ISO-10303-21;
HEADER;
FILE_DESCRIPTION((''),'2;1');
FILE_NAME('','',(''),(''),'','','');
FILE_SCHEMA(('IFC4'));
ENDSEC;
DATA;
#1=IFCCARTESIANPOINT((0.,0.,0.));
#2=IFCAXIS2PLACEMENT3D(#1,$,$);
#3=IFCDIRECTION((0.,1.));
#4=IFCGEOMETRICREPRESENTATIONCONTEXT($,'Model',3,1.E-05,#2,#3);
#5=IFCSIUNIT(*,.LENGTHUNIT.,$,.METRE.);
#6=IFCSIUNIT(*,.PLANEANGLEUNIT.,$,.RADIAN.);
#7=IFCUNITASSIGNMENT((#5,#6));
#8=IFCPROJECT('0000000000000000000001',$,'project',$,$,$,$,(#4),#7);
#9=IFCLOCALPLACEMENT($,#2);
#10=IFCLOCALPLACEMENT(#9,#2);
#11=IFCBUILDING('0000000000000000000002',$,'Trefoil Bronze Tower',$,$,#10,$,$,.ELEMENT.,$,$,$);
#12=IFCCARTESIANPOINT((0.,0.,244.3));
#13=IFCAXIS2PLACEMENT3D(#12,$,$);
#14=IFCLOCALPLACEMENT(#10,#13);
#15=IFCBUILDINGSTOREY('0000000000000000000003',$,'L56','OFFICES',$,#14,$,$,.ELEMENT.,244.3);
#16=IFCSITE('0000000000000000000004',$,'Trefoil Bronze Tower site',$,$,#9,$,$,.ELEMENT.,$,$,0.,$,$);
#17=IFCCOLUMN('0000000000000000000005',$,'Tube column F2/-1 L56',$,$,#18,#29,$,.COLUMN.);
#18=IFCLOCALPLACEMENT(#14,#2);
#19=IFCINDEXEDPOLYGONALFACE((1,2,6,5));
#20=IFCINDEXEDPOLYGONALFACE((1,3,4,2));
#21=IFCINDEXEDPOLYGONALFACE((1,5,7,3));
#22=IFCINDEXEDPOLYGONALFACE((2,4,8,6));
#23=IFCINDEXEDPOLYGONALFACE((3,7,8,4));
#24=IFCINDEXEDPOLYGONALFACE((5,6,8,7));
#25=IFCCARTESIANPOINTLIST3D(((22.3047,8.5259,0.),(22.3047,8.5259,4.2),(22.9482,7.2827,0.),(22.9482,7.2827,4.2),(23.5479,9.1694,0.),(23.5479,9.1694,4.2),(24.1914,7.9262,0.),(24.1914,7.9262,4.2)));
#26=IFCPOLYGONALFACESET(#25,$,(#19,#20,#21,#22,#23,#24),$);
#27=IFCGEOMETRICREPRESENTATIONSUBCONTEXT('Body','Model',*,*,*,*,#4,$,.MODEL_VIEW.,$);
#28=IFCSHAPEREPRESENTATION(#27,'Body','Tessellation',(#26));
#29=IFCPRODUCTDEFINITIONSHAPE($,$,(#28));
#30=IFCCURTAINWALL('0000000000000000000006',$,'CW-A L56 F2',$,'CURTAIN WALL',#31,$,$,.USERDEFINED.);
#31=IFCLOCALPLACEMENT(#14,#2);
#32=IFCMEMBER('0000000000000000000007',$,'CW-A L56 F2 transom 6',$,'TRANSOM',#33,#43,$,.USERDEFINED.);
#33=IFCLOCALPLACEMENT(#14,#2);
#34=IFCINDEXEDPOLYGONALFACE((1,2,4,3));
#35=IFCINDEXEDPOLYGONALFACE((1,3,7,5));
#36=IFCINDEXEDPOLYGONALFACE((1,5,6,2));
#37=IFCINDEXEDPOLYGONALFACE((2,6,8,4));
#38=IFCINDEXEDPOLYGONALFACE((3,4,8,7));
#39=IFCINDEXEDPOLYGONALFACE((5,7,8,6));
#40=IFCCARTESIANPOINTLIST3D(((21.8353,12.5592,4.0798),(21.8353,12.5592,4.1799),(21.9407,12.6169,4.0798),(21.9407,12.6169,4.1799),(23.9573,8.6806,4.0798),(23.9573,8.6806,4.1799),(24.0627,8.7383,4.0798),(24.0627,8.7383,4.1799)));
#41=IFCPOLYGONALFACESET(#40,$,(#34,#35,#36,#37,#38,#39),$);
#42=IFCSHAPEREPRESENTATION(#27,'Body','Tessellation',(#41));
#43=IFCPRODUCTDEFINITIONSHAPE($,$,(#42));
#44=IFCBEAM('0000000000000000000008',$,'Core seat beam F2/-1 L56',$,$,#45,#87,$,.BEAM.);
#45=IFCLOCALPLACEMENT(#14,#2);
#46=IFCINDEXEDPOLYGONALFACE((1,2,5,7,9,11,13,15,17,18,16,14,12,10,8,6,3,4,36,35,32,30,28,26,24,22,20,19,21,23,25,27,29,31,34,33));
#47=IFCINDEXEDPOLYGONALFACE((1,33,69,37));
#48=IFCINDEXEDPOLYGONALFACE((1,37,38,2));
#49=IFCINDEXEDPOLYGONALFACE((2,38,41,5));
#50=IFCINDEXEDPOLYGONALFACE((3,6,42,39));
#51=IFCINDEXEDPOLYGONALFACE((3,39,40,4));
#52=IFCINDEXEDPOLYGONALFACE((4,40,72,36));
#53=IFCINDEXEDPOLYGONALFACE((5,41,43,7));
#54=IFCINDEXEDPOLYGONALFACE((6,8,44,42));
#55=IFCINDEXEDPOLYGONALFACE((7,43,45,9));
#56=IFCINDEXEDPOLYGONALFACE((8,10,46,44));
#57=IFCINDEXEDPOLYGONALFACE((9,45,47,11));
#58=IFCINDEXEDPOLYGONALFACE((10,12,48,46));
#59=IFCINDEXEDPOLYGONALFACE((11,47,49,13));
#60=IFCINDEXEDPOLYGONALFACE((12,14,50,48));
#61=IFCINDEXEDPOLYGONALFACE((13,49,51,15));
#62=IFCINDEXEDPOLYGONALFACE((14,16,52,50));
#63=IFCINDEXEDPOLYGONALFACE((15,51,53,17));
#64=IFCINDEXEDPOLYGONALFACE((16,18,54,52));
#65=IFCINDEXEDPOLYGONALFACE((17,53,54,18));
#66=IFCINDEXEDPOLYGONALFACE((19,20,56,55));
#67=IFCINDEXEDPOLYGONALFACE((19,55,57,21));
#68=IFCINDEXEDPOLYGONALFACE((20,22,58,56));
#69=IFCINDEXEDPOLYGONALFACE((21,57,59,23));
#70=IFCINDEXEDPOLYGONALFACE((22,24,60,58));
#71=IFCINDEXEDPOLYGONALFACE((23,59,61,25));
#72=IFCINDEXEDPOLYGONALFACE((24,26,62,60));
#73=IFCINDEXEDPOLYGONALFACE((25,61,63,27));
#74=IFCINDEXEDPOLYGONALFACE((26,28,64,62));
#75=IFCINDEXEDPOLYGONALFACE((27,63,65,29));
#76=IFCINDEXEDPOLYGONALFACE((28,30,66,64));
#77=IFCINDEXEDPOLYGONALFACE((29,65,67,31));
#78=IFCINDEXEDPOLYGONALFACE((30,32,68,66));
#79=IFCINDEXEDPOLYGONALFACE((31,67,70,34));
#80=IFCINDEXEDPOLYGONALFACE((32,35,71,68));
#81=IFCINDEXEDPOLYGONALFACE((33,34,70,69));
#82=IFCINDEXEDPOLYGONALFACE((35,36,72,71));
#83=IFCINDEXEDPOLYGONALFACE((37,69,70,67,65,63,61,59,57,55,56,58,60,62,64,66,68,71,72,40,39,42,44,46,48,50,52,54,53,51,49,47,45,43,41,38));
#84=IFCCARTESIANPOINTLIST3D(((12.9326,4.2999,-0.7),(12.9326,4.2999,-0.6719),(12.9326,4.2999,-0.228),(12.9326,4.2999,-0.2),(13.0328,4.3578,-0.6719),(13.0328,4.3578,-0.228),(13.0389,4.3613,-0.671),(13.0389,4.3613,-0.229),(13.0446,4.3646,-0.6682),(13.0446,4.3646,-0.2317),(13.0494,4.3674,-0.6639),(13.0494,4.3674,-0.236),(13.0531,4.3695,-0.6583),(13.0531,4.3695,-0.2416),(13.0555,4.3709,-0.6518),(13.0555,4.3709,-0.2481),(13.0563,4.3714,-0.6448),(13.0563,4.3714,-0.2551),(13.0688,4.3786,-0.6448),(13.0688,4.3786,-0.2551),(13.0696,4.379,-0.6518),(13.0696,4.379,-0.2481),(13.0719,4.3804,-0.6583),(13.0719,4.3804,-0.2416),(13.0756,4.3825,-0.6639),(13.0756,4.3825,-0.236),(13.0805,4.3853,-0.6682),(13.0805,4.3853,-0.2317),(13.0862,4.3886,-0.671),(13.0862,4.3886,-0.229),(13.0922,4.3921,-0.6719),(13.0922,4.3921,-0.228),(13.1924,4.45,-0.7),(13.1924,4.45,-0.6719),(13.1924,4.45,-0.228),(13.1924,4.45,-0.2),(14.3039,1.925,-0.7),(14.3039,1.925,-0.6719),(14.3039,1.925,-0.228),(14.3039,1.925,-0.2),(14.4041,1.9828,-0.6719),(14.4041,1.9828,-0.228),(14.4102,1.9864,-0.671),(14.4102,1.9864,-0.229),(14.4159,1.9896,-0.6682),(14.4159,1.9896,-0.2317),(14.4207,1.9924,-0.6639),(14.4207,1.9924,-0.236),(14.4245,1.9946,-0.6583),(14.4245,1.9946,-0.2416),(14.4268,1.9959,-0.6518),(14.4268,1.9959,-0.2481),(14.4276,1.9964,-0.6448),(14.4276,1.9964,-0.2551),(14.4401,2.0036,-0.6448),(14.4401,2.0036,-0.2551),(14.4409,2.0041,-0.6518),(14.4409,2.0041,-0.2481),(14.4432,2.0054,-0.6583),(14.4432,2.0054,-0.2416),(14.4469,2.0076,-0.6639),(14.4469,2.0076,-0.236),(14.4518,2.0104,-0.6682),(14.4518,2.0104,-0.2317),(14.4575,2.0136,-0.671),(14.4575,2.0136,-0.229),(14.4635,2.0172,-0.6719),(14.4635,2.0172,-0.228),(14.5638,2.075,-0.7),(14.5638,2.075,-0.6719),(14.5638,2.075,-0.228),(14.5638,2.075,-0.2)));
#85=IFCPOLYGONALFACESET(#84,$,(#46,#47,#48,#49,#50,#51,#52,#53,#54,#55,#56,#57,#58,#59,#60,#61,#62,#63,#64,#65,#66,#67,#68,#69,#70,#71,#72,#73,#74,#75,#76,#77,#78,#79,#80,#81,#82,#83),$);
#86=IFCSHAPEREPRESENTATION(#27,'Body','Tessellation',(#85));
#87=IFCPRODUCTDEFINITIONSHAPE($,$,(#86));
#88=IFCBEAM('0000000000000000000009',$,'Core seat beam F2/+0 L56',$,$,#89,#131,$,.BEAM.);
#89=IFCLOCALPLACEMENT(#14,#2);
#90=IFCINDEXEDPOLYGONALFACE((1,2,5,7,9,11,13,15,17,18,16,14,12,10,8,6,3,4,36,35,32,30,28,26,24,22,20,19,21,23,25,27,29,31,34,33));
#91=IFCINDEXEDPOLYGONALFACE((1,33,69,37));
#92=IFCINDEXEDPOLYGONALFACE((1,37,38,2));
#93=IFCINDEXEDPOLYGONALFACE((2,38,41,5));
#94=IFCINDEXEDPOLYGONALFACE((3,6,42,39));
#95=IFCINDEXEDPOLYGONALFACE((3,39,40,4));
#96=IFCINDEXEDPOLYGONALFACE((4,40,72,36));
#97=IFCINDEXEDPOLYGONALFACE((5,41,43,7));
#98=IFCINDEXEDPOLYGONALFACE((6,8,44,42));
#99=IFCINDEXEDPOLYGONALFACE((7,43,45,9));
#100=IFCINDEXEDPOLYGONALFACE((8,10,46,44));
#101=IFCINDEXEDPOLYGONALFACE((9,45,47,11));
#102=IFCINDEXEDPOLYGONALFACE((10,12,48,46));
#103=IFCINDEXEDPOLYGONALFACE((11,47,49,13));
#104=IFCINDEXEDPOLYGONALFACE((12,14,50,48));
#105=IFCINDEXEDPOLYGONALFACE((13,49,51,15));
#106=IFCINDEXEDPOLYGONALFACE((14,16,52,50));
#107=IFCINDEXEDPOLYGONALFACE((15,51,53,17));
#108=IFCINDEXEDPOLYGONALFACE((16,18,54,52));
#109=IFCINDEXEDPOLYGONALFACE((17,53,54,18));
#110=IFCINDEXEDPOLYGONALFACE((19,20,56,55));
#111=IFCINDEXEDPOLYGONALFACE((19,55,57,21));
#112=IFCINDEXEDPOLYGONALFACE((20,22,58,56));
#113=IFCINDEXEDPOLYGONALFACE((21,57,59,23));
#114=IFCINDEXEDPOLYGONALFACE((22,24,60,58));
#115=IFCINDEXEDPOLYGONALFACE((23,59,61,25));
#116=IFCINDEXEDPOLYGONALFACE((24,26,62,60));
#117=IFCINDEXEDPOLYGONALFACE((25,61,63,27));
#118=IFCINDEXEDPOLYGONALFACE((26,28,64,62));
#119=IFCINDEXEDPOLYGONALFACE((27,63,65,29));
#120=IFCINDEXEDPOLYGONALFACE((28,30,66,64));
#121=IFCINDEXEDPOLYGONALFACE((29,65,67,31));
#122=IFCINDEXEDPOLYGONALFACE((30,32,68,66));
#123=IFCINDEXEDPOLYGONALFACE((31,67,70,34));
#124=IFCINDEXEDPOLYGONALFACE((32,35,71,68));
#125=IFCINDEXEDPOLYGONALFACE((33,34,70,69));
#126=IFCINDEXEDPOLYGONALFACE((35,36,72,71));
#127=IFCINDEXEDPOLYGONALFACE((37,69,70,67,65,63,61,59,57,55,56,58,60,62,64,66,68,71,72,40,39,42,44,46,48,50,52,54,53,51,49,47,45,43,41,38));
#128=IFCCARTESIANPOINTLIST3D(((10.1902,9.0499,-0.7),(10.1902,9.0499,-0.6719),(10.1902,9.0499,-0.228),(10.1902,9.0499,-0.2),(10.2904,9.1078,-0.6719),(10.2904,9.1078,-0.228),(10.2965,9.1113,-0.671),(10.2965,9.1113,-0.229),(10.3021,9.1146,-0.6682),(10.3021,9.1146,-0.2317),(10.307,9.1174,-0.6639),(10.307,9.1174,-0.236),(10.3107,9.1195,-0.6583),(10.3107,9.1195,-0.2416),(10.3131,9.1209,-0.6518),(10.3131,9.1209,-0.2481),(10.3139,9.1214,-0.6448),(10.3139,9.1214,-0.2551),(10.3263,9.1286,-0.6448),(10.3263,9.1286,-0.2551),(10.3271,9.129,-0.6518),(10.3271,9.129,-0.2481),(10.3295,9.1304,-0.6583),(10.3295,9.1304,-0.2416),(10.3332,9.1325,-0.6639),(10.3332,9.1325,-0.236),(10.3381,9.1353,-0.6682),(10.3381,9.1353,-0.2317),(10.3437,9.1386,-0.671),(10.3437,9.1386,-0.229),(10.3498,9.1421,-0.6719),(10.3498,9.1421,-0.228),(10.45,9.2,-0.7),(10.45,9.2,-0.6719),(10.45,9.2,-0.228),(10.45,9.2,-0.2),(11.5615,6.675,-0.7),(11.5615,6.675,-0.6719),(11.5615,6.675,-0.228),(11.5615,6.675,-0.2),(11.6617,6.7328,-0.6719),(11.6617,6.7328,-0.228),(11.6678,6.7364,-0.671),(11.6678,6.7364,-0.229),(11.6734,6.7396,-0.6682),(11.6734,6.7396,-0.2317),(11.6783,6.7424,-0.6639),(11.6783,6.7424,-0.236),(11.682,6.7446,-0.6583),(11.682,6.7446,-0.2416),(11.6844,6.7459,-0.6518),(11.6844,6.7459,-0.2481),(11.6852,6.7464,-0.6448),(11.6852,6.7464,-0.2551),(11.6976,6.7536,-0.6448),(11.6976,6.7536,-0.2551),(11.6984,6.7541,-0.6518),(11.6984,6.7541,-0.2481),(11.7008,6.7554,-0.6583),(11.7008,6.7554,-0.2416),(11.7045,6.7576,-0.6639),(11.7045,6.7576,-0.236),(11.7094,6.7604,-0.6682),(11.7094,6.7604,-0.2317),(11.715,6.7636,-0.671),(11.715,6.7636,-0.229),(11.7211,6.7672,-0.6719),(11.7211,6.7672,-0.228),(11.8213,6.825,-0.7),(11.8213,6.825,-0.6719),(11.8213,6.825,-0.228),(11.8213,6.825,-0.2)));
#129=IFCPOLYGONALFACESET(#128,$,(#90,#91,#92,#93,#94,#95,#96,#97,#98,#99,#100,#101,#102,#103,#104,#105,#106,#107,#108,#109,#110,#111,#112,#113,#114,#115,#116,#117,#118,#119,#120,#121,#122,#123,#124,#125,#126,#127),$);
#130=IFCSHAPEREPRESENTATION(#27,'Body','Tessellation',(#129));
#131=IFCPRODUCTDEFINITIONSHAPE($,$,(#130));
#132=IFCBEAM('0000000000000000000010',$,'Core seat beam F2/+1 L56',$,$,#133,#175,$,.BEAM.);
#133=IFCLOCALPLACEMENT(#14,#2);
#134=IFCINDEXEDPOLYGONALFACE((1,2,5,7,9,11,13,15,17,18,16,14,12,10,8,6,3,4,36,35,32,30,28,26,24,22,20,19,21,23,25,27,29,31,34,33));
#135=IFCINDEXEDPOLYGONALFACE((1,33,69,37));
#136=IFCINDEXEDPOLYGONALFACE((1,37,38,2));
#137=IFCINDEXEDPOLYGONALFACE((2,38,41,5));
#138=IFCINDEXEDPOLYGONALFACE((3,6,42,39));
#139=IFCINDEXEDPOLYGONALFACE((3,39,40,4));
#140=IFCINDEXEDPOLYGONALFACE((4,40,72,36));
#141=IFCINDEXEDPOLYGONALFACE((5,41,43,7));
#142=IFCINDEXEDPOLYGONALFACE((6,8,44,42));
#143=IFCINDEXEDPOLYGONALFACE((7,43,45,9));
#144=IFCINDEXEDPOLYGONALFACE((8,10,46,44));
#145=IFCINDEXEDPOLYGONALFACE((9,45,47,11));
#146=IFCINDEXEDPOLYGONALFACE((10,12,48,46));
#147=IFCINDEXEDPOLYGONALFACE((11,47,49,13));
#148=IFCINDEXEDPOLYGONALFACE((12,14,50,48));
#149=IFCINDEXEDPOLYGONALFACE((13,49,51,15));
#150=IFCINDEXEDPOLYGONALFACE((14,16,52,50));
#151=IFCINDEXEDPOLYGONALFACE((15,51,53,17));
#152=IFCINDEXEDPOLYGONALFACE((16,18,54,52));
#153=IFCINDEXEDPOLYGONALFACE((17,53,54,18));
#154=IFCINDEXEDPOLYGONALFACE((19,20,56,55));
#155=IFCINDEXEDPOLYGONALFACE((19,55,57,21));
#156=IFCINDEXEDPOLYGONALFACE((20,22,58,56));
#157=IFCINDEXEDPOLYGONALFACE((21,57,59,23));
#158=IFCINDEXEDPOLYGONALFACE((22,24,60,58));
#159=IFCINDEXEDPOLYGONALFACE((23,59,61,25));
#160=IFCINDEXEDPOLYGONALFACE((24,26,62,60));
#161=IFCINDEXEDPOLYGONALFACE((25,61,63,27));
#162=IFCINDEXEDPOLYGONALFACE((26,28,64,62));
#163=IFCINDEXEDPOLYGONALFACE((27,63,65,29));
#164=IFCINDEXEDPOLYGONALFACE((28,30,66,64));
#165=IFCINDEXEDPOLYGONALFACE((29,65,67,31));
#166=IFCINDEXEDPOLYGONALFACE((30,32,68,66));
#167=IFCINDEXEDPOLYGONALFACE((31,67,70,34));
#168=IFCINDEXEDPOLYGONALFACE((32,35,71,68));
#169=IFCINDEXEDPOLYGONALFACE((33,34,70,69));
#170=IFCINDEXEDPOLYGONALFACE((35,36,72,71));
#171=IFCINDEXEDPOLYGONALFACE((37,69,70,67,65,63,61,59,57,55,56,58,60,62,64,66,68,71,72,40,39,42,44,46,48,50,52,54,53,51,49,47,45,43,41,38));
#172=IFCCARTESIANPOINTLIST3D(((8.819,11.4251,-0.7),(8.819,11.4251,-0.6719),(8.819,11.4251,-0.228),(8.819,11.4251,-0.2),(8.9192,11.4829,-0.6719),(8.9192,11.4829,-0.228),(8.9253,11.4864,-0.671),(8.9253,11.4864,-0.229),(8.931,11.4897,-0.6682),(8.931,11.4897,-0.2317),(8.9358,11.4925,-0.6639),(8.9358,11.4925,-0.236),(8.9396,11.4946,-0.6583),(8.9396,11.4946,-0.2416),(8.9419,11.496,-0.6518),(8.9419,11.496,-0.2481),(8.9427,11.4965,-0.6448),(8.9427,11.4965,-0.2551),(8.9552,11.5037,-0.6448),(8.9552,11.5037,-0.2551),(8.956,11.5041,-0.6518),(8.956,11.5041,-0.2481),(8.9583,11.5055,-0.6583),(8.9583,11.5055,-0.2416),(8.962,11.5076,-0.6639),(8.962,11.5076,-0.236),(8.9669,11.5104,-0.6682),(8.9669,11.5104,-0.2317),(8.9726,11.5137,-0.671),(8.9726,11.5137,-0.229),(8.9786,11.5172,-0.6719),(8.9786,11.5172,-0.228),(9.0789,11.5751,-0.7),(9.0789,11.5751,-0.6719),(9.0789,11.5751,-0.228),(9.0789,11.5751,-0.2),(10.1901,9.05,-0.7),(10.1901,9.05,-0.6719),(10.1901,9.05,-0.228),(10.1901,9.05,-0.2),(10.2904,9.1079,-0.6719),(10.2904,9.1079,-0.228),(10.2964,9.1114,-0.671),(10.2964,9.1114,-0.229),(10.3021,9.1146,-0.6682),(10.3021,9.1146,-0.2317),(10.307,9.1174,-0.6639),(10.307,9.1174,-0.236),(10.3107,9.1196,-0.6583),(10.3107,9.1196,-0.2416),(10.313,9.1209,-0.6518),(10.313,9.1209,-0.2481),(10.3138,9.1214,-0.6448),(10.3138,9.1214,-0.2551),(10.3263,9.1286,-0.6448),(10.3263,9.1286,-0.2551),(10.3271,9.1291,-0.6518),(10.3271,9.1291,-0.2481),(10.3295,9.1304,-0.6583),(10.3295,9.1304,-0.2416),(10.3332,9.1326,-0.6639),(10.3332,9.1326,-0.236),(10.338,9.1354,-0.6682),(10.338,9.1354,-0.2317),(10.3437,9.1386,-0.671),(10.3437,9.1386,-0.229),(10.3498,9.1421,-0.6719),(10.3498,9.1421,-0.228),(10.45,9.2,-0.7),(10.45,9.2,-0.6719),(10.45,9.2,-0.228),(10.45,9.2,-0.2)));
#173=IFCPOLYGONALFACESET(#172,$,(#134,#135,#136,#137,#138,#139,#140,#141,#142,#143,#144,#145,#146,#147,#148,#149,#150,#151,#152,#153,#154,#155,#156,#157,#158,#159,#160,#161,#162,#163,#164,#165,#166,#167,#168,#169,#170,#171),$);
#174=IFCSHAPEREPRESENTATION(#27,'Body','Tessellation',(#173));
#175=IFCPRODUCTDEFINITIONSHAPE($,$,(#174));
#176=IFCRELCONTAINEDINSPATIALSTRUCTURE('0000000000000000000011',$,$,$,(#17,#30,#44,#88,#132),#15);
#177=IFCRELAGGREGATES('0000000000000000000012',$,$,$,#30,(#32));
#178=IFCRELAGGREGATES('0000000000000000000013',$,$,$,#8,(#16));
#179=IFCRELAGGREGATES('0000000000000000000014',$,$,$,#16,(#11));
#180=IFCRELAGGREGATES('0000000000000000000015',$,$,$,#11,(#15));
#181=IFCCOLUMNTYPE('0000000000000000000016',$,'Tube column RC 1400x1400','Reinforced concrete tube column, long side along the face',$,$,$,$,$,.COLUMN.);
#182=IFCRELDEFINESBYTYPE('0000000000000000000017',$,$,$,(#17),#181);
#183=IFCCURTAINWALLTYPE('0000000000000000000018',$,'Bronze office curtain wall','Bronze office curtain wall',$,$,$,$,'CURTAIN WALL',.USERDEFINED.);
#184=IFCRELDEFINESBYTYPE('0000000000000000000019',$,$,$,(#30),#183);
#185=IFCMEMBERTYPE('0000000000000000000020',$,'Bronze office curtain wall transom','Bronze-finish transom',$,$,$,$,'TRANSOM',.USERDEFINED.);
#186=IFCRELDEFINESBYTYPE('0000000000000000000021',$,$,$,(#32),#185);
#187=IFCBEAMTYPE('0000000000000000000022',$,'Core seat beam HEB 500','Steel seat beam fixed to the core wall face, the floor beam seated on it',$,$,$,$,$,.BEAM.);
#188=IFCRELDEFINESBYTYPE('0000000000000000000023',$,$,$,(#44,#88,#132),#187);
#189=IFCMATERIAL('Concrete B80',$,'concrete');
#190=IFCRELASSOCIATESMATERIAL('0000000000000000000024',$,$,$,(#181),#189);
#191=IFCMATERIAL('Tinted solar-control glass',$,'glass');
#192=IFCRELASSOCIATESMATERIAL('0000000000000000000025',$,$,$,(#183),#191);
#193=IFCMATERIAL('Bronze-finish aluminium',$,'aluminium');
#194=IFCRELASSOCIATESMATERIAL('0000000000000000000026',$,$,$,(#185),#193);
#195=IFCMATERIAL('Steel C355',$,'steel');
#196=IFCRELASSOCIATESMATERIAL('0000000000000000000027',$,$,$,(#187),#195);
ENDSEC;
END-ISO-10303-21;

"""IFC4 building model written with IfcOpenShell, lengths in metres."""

from ifc_helpers import new_model, si_unit, direction, frame, origin, origin_2d, place, context, subcontext, project, spatial, rectangle, i_section, extrude, material, material_profile, profile_set, type_object, element, aggregate, save


model = new_model("IFC4")

# Units and contexts
model_context = context("Model", 3, precision=1e-05, world=origin(), true_north=direction((0.0, 1.0)))
body_context = subcontext(model_context, "Body", "Model", "MODEL_VIEW")
ifc_project = project(units=[si_unit("LENGTHUNIT", "METRE"), si_unit("PLANEANGLEUNIT", "RADIAN")], contexts=[model_context])

# Site, building, storey
site_placement = place(None, origin())
site = spatial("IfcSite", under=ifc_project, at=site_placement, Name="Trefoil Bronze Tower site", CompositionType="ELEMENT", RefElevation=0.0)
building_placement = place(site_placement, origin())
building = spatial("IfcBuilding", under=site, at=building_placement, Name="Trefoil Bronze Tower", CompositionType="ELEMENT")
storey_placement = place(building_placement, frame((0.0, 0.0, 244.3)))
storey = spatial("IfcBuildingStorey", under=building, at=storey_placement, Name="L56", Description="OFFICES", CompositionType="ELEMENT", Elevation=244.3)

# Column
ifc_material_1 = material(Name="Concrete B80", Category="concrete")
ifc_material_profile_1 = material_profile(ifc_material_1, rectangle(XDim=1.3999, YDim=1.3999, at=origin_2d()), Name="RC 1400x1400")
ifc_profile_set_1 = profile_set([ifc_material_profile_1], Name="Concrete B80")
column_type = type_object("IfcColumnType", Name="Tube column RC 1400x1400", Description="Reinforced concrete tube column, long side along the face", PredefinedType="COLUMN", material=ifc_profile_set_1)
column_placement = place(storey_placement, frame((23.248, 8.2261, 0.0), z_axis=(0.0, 0.0, 1.0), x_axis=(-0.459673, 0.888088, 0.0)))
element("IfcColumn", 1, at=column_placement, inside=storey, type_object=column_type, Name="Tube column F2/-1 L56", PredefinedType="COLUMN", context=body_context, shape_type="SweptSolid", body=[
    extrude(rectangle(XDim=1.3999, YDim=1.3999, at=origin_2d()), origin(), (0.0, 0.0, 1.0), 4.2),
])

# Curtain wall, member
ifc_material_2 = material(Name="Tinted solar-control glass", Category="glass")
curtain_wall_type = type_object("IfcCurtainWallType", Name="Bronze office curtain wall", Description="Bronze office curtain wall", ElementType="CURTAIN WALL", PredefinedType="USERDEFINED", material=ifc_material_2)
curtain_wall_placement = place(storey_placement, origin())
curtain_wall = element("IfcCurtainWall", 2, at=curtain_wall_placement, inside=storey, type_object=curtain_wall_type, Name="CW-A L56 F2", ObjectType="CURTAIN WALL", PredefinedType="USERDEFINED")
ifc_material_3 = material(Name="Bronze-finish aluminium", Category="aluminium")
ifc_material_profile_2 = material_profile(ifc_material_3, rectangle(XDim=0.1201, YDim=0.1001, at=origin_2d()), Name="CW-A transom")
ifc_profile_set_2 = profile_set([ifc_material_profile_2], Name="Bronze-finish aluminium")
member_type = type_object("IfcMemberType", Name="Bronze office curtain wall transom", Description="Bronze-finish transom", ElementType="TRANSOM", PredefinedType="USERDEFINED", material=ifc_profile_set_2)
member_placement = place(storey_placement, frame((24.01, 8.7095, 4.1299), z_axis=(-0.479974, 0.877283, 0.0), x_axis=(-0.877283, -0.479974, 0.0)))
member = element("IfcMember", 3, at=member_placement, type_object=member_type, Name="CW-A L56 F2 transom 6", ObjectType="TRANSOM", PredefinedType="USERDEFINED", context=body_context, shape_type="SweptSolid", body=[
    extrude(rectangle(XDim=0.1201, YDim=0.1001, at=origin_2d()), origin(), (0.0, 0.0, 1.0), 4.4211),
])

# Beams
ifc_material_4 = material(Name="Steel C355", Category="steel")
ifc_material_profile_3 = material_profile(ifc_material_4, i_section(OverallWidth=0.3, OverallDepth=0.5, WebThickness=0.0144, FlangeThickness=0.0281, FilletRadius=0.0271, at=origin_2d()), Name="HEB 500")
ifc_profile_set_3 = profile_set([ifc_material_profile_3], Name="Steel C355")
beam_type_1 = type_object("IfcBeamType", Name="Core seat beam HEB 500", Description="Steel seat beam fixed to the core wall face, the floor beam seated on it", PredefinedType="BEAM", material=ifc_profile_set_3)
for number, where, z_axis, x_axis, name in (
    (4, (14.4338, 2.0, -0.45), (-0.500036, 0.866005, 0.0), (-0.866005, -0.500036, 0.0), "Core seat beam F2/-1 L56"),
    (5, (11.6914, 6.75, -0.45), (-0.500036, 0.866005, 0.0), (-0.866005, -0.500036, 0.0), "Core seat beam F2/+0 L56"),
    (6, (10.3201, 9.125, -0.45), (-0.499969, 0.866043, 0.0), (-0.866043, -0.499969, 0.0), "Core seat beam F2/+1 L56"),
):
    element("IfcBeam", number, at=place(storey_placement, frame(where, z_axis=z_axis, x_axis=x_axis)), inside=storey, type_object=beam_type_1, Name=name, PredefinedType="BEAM", context=body_context, shape_type="SweptSolid", body=[
        extrude(i_section(OverallWidth=0.3, OverallDepth=0.5, WebThickness=0.0144, FlangeThickness=0.0281, FilletRadius=0.0271, at=origin_2d()), origin(), (0.0, 0.0, 1.0), 2.7424),
    ])

aggregate(curtain_wall, [member])

save(model, "model.ifc")
